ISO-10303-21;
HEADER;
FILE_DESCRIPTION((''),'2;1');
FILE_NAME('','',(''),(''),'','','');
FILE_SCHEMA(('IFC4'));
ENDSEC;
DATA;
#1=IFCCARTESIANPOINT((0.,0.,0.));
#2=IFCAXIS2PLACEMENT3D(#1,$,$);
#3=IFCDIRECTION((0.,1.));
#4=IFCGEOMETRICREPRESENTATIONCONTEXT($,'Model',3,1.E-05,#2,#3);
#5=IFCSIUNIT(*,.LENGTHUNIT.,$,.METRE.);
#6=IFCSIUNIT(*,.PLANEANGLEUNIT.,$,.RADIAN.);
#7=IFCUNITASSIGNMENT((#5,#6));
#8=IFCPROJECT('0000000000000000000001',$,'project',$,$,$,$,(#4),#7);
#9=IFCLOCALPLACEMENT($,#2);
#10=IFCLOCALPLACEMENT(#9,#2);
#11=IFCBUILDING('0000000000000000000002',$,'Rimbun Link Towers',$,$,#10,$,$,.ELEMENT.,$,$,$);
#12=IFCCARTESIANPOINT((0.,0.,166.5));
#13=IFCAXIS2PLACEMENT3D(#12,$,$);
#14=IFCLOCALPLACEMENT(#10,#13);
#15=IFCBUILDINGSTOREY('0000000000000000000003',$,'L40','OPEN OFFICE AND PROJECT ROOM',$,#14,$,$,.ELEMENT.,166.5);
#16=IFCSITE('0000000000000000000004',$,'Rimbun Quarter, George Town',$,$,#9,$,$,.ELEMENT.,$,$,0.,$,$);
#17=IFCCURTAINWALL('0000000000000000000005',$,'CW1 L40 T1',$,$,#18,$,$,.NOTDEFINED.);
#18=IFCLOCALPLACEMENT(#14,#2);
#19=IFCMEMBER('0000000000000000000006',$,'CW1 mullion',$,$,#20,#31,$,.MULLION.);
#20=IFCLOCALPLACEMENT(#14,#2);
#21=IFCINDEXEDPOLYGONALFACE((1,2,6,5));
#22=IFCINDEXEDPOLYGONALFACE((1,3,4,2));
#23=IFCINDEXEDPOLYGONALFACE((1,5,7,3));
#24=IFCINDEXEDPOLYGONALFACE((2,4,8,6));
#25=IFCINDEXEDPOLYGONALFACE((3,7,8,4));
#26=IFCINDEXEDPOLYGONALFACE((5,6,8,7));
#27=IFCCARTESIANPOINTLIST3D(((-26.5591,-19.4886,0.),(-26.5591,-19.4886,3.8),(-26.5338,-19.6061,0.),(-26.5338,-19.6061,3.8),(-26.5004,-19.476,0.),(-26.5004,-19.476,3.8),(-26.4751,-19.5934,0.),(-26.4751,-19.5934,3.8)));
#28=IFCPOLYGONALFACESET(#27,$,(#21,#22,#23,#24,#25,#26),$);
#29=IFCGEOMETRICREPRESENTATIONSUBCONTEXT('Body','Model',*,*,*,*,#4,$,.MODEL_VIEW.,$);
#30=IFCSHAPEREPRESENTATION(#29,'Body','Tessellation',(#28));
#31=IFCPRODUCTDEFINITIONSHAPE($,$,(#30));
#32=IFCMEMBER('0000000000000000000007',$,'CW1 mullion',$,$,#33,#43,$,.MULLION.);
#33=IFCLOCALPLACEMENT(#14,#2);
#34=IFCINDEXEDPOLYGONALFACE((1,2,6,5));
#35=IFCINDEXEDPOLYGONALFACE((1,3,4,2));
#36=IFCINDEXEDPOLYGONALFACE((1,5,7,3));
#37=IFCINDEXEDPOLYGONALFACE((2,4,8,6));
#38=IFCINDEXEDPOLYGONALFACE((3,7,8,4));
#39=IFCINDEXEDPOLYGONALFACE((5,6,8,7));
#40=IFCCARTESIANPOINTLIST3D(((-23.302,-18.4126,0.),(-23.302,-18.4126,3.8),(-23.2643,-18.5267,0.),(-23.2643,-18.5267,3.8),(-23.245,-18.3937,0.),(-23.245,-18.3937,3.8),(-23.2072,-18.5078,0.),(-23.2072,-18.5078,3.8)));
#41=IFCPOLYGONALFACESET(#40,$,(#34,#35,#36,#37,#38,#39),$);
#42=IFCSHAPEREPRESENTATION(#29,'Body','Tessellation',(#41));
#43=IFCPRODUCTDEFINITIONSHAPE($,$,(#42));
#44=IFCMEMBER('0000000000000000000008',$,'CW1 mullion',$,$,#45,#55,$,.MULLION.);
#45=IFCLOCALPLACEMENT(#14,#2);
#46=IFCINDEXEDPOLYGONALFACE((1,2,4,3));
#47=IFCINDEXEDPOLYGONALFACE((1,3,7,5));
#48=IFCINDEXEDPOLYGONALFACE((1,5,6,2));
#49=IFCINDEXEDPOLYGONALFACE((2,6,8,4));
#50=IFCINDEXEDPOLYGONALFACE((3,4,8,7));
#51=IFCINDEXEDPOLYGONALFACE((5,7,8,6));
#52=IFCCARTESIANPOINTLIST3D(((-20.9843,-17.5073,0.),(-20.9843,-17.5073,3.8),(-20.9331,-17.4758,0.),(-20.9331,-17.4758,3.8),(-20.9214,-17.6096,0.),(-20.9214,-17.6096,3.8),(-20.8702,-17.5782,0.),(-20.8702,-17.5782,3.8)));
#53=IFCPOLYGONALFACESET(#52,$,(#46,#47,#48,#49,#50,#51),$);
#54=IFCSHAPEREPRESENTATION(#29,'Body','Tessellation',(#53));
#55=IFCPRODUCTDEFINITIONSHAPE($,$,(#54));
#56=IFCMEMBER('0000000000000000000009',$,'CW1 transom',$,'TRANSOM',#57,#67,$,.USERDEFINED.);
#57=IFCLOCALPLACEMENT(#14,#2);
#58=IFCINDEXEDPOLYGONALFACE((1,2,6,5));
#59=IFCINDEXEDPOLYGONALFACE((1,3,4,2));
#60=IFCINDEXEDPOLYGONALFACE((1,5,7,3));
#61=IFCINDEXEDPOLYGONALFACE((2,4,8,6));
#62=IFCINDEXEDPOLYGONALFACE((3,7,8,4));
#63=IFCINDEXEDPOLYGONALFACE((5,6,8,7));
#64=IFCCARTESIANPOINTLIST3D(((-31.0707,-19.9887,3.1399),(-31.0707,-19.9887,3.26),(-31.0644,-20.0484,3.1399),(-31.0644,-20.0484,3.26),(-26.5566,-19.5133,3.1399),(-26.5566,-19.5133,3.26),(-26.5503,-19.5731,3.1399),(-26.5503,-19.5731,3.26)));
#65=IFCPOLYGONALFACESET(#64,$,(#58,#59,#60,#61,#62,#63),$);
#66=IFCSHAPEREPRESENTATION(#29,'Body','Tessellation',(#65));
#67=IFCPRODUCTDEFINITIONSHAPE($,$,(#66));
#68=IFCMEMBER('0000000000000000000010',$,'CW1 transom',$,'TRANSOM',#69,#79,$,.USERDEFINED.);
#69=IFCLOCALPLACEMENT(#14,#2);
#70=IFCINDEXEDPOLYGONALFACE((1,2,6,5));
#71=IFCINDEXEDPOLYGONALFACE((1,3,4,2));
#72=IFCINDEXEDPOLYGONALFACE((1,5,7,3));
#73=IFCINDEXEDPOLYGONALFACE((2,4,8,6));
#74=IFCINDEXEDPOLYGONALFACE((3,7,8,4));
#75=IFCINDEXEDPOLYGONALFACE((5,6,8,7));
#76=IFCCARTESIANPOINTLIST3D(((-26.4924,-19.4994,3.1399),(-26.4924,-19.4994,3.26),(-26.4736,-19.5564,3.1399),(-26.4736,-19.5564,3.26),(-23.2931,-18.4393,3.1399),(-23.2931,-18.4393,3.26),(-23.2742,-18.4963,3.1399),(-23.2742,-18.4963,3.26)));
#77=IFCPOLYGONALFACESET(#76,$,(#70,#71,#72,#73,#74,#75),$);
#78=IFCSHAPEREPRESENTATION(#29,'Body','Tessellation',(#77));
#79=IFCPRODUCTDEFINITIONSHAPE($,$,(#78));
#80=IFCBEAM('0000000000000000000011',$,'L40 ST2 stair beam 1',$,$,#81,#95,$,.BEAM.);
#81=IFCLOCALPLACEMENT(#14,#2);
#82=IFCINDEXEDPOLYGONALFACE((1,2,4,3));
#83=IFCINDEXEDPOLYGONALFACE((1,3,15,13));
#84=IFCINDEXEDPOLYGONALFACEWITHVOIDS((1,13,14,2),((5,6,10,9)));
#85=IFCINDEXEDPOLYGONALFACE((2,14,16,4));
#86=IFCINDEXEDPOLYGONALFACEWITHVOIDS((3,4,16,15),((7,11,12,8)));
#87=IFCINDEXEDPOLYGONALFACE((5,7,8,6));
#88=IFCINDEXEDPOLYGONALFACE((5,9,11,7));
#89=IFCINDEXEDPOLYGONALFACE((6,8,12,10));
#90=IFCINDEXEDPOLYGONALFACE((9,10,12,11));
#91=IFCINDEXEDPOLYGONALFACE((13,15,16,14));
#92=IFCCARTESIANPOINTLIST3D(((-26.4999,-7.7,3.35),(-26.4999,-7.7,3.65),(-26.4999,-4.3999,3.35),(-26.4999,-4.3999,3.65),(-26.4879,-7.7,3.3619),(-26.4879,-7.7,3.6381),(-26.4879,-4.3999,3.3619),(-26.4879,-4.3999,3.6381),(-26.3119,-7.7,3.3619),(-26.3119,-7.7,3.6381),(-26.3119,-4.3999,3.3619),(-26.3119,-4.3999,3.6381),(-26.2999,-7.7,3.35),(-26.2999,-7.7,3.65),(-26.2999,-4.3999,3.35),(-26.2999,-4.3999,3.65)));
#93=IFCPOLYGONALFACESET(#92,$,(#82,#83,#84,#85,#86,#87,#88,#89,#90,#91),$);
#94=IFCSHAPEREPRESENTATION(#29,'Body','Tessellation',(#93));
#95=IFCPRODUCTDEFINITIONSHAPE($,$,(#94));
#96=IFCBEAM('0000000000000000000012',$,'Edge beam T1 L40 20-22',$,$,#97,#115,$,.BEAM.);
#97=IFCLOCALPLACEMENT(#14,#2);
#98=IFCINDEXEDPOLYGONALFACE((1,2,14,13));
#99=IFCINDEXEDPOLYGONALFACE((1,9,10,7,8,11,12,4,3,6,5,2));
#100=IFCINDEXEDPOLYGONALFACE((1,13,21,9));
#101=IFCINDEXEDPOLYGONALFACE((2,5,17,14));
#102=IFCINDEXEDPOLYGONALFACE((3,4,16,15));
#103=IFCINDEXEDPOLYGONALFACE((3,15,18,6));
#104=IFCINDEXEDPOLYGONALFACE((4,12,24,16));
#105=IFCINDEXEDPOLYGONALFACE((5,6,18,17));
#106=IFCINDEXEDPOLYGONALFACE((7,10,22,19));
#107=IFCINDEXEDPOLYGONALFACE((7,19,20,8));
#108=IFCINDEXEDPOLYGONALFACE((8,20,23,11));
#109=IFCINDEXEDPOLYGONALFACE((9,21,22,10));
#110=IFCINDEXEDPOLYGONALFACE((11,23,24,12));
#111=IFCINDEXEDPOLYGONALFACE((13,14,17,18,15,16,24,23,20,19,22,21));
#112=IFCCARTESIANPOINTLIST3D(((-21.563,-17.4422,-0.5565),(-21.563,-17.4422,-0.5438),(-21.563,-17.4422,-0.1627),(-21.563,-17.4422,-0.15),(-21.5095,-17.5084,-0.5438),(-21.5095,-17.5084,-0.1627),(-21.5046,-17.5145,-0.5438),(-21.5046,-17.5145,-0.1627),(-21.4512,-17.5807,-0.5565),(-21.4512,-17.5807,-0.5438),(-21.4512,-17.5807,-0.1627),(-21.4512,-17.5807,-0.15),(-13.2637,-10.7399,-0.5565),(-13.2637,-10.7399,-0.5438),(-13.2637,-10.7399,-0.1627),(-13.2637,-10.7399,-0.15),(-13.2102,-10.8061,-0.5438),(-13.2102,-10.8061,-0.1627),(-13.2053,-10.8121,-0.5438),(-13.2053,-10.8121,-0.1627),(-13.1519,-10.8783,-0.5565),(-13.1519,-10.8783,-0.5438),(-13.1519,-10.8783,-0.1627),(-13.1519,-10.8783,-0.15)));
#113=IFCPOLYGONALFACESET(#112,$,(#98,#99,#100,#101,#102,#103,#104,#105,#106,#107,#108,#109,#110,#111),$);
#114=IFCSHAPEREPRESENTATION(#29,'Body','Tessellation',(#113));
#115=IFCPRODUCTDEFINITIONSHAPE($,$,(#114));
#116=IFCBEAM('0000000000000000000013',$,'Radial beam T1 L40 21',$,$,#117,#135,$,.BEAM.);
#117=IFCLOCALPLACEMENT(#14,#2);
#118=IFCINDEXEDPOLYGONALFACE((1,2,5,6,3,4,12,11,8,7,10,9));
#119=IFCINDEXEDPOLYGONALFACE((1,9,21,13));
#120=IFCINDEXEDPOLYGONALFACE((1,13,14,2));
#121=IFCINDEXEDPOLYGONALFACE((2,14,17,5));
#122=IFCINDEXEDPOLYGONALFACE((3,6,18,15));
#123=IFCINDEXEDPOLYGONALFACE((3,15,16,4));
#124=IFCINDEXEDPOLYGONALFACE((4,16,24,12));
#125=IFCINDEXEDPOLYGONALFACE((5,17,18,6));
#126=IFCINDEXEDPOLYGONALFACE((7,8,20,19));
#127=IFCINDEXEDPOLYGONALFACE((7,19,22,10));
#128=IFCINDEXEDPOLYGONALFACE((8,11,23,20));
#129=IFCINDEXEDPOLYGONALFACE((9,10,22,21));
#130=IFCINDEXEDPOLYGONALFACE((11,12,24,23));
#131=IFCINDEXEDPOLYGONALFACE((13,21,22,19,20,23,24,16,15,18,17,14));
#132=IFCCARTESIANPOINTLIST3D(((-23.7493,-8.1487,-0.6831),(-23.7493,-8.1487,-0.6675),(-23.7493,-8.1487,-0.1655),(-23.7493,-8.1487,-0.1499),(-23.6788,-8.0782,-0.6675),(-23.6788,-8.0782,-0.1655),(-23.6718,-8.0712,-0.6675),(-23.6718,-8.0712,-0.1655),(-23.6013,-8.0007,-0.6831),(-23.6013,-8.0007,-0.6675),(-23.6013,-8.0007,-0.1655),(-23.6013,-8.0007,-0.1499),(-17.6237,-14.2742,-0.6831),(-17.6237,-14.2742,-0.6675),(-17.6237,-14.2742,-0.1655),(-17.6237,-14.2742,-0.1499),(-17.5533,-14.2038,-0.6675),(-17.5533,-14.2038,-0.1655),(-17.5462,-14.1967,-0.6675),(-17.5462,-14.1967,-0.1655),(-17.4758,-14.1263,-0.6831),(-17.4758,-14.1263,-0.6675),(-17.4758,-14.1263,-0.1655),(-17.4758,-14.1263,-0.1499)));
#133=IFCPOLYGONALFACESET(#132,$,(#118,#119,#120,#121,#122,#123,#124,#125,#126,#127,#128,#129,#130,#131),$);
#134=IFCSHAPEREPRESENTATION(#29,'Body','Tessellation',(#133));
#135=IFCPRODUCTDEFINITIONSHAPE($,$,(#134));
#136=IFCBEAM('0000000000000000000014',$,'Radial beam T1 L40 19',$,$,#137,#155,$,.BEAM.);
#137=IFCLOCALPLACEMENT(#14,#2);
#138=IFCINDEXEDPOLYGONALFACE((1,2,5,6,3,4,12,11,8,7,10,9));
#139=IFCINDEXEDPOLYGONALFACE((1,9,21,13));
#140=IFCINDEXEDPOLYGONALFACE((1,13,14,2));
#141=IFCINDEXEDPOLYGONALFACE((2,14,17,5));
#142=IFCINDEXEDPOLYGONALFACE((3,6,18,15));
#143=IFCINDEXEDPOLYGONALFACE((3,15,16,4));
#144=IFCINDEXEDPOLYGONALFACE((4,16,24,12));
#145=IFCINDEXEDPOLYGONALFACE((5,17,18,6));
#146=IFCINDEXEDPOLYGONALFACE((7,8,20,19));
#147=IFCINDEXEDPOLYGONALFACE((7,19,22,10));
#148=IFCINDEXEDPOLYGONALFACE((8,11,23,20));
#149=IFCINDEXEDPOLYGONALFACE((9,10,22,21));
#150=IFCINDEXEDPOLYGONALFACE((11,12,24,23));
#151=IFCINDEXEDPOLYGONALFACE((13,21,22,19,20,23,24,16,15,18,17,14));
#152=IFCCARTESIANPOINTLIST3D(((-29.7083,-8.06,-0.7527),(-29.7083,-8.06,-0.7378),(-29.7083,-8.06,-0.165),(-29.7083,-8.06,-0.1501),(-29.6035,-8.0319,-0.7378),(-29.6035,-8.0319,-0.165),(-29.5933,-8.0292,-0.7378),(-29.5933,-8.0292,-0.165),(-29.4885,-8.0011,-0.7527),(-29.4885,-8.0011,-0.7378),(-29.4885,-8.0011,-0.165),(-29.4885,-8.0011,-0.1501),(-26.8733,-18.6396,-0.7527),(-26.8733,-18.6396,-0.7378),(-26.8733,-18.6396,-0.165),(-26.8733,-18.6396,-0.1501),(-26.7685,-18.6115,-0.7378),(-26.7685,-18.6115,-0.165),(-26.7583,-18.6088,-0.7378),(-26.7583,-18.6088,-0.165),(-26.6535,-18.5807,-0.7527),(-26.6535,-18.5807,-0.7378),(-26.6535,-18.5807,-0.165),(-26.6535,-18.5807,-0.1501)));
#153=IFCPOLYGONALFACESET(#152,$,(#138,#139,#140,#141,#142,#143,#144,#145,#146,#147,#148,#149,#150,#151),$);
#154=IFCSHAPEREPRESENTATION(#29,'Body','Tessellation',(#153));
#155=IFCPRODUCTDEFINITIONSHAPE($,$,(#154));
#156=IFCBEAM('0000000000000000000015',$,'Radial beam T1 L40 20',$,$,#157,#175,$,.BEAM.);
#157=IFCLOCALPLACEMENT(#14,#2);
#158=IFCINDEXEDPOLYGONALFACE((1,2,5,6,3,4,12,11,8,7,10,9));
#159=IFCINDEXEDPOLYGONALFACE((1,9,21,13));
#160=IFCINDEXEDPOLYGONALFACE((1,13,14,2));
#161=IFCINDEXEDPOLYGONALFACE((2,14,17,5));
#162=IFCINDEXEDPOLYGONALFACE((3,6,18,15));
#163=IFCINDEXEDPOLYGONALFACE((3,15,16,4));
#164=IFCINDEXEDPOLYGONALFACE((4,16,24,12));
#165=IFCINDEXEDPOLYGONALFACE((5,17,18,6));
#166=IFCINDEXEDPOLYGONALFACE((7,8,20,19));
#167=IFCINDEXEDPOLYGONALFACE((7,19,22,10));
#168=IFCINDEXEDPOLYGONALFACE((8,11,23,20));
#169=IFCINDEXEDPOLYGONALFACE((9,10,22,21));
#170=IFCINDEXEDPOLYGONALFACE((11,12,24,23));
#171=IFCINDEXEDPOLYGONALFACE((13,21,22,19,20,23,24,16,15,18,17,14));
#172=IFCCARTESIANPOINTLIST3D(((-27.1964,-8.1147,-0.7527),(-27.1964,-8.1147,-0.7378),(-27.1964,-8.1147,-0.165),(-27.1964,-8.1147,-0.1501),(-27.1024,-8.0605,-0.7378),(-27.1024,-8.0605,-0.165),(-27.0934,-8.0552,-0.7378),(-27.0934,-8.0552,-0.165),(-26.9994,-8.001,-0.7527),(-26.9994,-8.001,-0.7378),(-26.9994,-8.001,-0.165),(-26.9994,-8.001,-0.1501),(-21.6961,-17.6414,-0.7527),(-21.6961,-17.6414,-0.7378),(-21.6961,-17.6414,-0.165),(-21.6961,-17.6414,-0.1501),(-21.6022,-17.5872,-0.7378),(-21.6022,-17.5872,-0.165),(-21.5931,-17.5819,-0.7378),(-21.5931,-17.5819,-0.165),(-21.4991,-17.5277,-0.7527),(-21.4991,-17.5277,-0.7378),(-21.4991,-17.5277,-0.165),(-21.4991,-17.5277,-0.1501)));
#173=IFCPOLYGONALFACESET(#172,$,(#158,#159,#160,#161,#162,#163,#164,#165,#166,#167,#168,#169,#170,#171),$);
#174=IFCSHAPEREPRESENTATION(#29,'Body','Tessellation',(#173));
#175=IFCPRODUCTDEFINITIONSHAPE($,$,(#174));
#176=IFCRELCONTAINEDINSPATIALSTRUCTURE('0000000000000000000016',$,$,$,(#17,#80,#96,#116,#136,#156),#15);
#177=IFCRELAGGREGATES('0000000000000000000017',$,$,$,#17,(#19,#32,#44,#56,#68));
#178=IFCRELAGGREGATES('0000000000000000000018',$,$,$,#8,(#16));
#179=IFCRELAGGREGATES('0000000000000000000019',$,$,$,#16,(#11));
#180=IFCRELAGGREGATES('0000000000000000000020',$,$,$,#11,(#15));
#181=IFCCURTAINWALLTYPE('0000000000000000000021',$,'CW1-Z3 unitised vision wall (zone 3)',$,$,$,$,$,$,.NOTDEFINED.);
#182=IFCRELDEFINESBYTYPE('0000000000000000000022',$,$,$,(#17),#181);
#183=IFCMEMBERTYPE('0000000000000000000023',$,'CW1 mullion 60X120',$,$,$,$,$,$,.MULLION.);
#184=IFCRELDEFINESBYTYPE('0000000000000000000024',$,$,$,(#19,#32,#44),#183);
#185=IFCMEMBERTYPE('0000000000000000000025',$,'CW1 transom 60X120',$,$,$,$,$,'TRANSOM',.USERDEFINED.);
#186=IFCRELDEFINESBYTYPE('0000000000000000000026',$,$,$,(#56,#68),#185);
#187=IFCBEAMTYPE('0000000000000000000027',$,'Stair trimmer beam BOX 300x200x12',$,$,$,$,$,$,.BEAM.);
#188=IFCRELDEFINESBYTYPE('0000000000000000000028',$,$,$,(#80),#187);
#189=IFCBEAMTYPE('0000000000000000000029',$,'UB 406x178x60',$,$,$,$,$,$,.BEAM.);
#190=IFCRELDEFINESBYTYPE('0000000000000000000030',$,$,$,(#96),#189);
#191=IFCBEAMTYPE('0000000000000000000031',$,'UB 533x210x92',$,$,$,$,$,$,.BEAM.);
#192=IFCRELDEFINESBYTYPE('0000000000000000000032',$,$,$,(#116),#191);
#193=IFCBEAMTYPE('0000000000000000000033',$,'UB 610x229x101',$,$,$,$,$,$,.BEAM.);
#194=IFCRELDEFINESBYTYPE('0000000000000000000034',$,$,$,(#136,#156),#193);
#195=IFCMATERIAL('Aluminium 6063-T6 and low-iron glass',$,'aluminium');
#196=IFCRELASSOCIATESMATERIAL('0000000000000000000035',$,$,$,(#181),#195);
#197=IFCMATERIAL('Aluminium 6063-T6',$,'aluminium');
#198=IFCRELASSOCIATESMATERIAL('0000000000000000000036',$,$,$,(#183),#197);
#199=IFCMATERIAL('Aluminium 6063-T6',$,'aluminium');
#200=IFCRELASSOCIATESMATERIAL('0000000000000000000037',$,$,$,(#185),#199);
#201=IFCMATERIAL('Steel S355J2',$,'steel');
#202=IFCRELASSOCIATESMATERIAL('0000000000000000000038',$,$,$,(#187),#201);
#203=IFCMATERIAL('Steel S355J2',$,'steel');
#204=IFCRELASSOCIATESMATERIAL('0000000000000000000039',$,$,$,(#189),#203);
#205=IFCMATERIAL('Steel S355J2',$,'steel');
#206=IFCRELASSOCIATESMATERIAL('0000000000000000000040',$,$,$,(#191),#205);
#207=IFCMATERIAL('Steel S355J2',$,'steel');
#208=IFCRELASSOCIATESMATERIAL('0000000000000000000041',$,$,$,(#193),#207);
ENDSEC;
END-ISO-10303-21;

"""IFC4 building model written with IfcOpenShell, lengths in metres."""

from ifc_helpers import new_model, si_unit, direction, frame, origin, origin_2d, place, context, subcontext, project, spatial, rectangle, hollow_rectangle, i_section, extrude, material, material_profile, profile_set, type_object, element, aggregate, save


model = new_model("IFC4")

# Units and contexts
model_context = context("Model", 3, precision=1e-05, world=origin(), true_north=direction((0.0, 1.0)))
body_context = subcontext(model_context, "Body", "Model", "MODEL_VIEW")
ifc_project = project(units=[si_unit("LENGTHUNIT", "METRE"), si_unit("PLANEANGLEUNIT", "RADIAN")], contexts=[model_context])

# Site, building, storey
site_placement = place(None, origin())
site = spatial("IfcSite", under=ifc_project, at=site_placement, Name="Rimbun Quarter, George Town", CompositionType="ELEMENT", RefElevation=0.0)
building_placement = place(site_placement, origin())
building = spatial("IfcBuilding", under=site, at=building_placement, Name="Rimbun Link Towers", CompositionType="ELEMENT")
storey_placement = place(building_placement, frame((0.0, 0.0, 166.5)))
storey = spatial("IfcBuildingStorey", under=building, at=storey_placement, Name="L40", Description="OPEN OFFICE AND PROJECT ROOM", CompositionType="ELEMENT", Elevation=166.5)

# Curtain wall, members
ifc_material_1 = material(Name="Aluminium 6063-T6 and low-iron glass", Category="aluminium")
curtain_wall_type = type_object("IfcCurtainWallType", Name="CW1-Z3 unitised vision wall (zone 3)", PredefinedType="NOTDEFINED", material=ifc_material_1)
curtain_wall_placement = place(storey_placement, origin())
curtain_wall = element("IfcCurtainWall", 1, at=curtain_wall_placement, inside=storey, type_object=curtain_wall_type, Name="CW1 L40 T1", PredefinedType="NOTDEFINED")
ifc_material_2 = material(Name="Aluminium 6063-T6", Category="aluminium")
ifc_material_profile_1 = material_profile(ifc_material_2, rectangle(XDim=0.1201, YDim=0.0601, at=origin_2d()), Name="MULLION 60X120")
ifc_profile_set_1 = profile_set([ifc_material_profile_1], Name="Aluminium 6063-T6")
member_type_1 = type_object("IfcMemberType", Name="CW1 mullion 60X120", PredefinedType="MULLION", material=ifc_profile_set_1)
member_1_placement = place(storey_placement, frame((-26.5171, -19.541, 0.0), z_axis=(0.0, 0.0, 1.0), x_axis=(0.210866, -0.977515, 0.0)))
member_1 = element("IfcMember", 2, at=member_1_placement, type_object=member_type_1, Name="CW1 mullion", PredefinedType="MULLION", context=body_context, shape_type="SweptSolid", body=[
    extrude(rectangle(XDim=0.1201, YDim=0.0601, at=origin_2d()), origin(), (0.0, 0.0, 1.0), 3.8),
])
member_2_placement = place(storey_placement, frame((-23.2546, -18.4602, 0.0), z_axis=(0.0, 0.0, 1.0), x_axis=(0.314556, -0.949239, 0.0)))
member_2 = element("IfcMember", 3, at=member_2_placement, type_object=member_type_1, Name="CW1 mullion", PredefinedType="MULLION", context=body_context, shape_type="SweptSolid", body=[
    extrude(rectangle(XDim=0.1201, YDim=0.0601, at=origin_2d()), origin(), (0.0, 0.0, 1.0), 3.8),
])
member_3_placement = place(storey_placement, frame((-20.9272, -17.5427, 0.0), z_axis=(0.0, 0.0, 1.0), x_axis=(0.52325, -0.852179, 0.0)))
member_3 = element("IfcMember", 4, at=member_3_placement, type_object=member_type_1, Name="CW1 mullion", PredefinedType="MULLION", context=body_context, shape_type="SweptSolid", body=[
    extrude(rectangle(XDim=0.1201, YDim=0.0601, at=origin_2d()), origin(), (0.0, 0.0, 1.0), 3.8),
])
ifc_material_3 = material(Name="Aluminium 6063-T6", Category="aluminium")
ifc_material_profile_2 = material_profile(ifc_material_3, rectangle(XDim=0.0601, YDim=0.1201, at=origin_2d()), Name="TRANSOM 60X120")
ifc_profile_set_2 = profile_set([ifc_material_profile_2], Name="Aluminium 6063-T6")
member_type_2 = type_object("IfcMemberType", Name="CW1 transom 60X120", ElementType="TRANSOM", PredefinedType="USERDEFINED", material=ifc_profile_set_2)
member_4_placement = place(storey_placement, frame((-26.5535, -19.5432, 3.2), z_axis=(-0.994502, -0.104721, 0.0), x_axis=(0.104721, -0.994502, 0.0)))
member_4 = element("IfcMember", 5, at=member_4_placement, type_object=member_type_2, Name="CW1 transom", ObjectType="TRANSOM", PredefinedType="USERDEFINED", context=body_context, shape_type="SweptSolid", body=[
    extrude(rectangle(XDim=0.0601, YDim=0.1201, at=origin_2d()), origin(), (0.0, 0.0, 1.0), 4.5391),
])
member_5_placement = place(storey_placement, frame((-23.2837, -18.4678, 3.2), z_axis=(-0.949247, -0.314532, 0.0), x_axis=(0.314532, -0.949247, 0.0)))
member_5 = element("IfcMember", 6, at=member_5_placement, type_object=member_type_2, Name="CW1 transom", ObjectType="TRANSOM", PredefinedType="USERDEFINED", context=body_context, shape_type="SweptSolid", body=[
    extrude(rectangle(XDim=0.0601, YDim=0.1201, at=origin_2d()), origin(), (0.0, 0.0, 1.0), 3.3704),
])

# Beams
ifc_material_4 = material(Name="Steel S355J2", Category="steel")
ifc_material_profile_3 = material_profile(ifc_material_4, hollow_rectangle(XDim=0.2, YDim=0.3, WallThickness=0.012, at=origin_2d()), Name="BOX 300x200x12")
ifc_profile_set_3 = profile_set([ifc_material_profile_3], Name="Steel S355J2")
beam_type_1 = type_object("IfcBeamType", Name="Stair trimmer beam BOX 300x200x12", PredefinedType="BEAM", material=ifc_profile_set_3)
beam_1_placement = place(storey_placement, frame((-26.3999, -7.7, 3.5), z_axis=(0.0, 1.0, 0.0), x_axis=(-1.0, 0.0, 0.0)))
element("IfcBeam", 7, at=beam_1_placement, inside=storey, type_object=beam_type_1, Name="L40 ST2 stair beam 1", PredefinedType="BEAM", context=body_context, shape_type="SweptSolid", body=[
    extrude(hollow_rectangle(XDim=0.2, YDim=0.3, WallThickness=0.012, at=origin_2d()), origin(), (0.0, 0.0, 1.0), 3.3),
])
ifc_material_5 = material(Name="Steel S355J2", Category="steel")
ifc_material_profile_4 = material_profile(ifc_material_5, i_section(OverallWidth=0.178, OverallDepth=0.4065, WebThickness=0.0078, FlangeThickness=0.0127, at=origin_2d()), Name="UB 406x178x60")
ifc_profile_set_4 = profile_set([ifc_material_profile_4], Name="Steel S355J2")
beam_type_2 = type_object("IfcBeamType", Name="UB 406x178x60", PredefinedType="BEAM", material=ifc_profile_set_4)
beam_2_placement = place(storey_placement, frame((-21.5071, -17.5115, -0.3533), z_axis=(0.777982, 0.628286, 0.0), x_axis=(-0.628286, 0.777982, 0.0)))
element("IfcBeam", 8, at=beam_2_placement, inside=storey, type_object=beam_type_2, Name="Edge beam T1 L40 20-22", PredefinedType="BEAM", context=body_context, shape_type="SweptSolid", body=[
    extrude(i_section(OverallWidth=0.178, OverallDepth=0.4065, WebThickness=0.0078, FlangeThickness=0.0127, at=origin_2d()), origin(), (0.0, 0.0, 1.0), 10.6677),
])
ifc_material_6 = material(Name="Steel S355J2", Category="steel")
ifc_material_profile_5 = material_profile(ifc_material_6, i_section(OverallWidth=0.2092, OverallDepth=0.5332, WebThickness=0.01, FlangeThickness=0.0156, at=origin_2d()), Name="UB 533x210x92")
ifc_profile_set_5 = profile_set([ifc_material_profile_5], Name="Steel S355J2")
beam_type_3 = type_object("IfcBeamType", Name="UB 533x210x92", PredefinedType="BEAM", material=ifc_profile_set_5)
beam_3_placement = place(storey_placement, frame((-23.6753, -8.0747, -0.4165), z_axis=(0.707107, -0.707107, 0.0), x_axis=(0.707107, 0.707107, 0.0)))
element("IfcBeam", 9, at=beam_3_placement, inside=storey, type_object=beam_type_3, Name="Radial beam T1 L40 21", PredefinedType="BEAM", context=body_context, shape_type="SweptSolid", body=[
    extrude(i_section(OverallWidth=0.2092, OverallDepth=0.5332, WebThickness=0.01, FlangeThickness=0.0156, at=origin_2d()), origin(), (0.0, 0.0, 1.0), 8.6628),
])
ifc_material_7 = material(Name="Steel S355J2", Category="steel")
ifc_material_profile_6 = material_profile(ifc_material_7, i_section(OverallWidth=0.2275, OverallDepth=0.6025, WebThickness=0.0105, FlangeThickness=0.0149, at=origin_2d()), Name="UB 610x229x101")
ifc_profile_set_6 = profile_set([ifc_material_profile_6], Name="Steel S355J2")
beam_type_4 = type_object("IfcBeamType", Name="UB 610x229x101", PredefinedType="BEAM", material=ifc_profile_set_6)
beam_4_placement = place(storey_placement, frame((-29.5984, -8.0305, -0.4514), z_axis=(0.258833, -0.965922, 0.0), x_axis=(0.965922, 0.258833, 0.0)))
element("IfcBeam", 10, at=beam_4_placement, inside=storey, type_object=beam_type_4, Name="Radial beam T1 L40 19", PredefinedType="BEAM", context=body_context, shape_type="SweptSolid", body=[
    extrude(i_section(OverallWidth=0.2275, OverallDepth=0.6025, WebThickness=0.0105, FlangeThickness=0.0149, at=origin_2d()), origin(), (0.0, 0.0, 1.0), 10.9529),
])
beam_5_placement = place(storey_placement, frame((-27.0979, -8.0579, -0.4514), z_axis=(0.500004, -0.866023, 0.0), x_axis=(0.866023, 0.500004, 0.0)))
element("IfcBeam", 11, at=beam_5_placement, inside=storey, type_object=beam_type_4, Name="Radial beam T1 L40 20", PredefinedType="BEAM", context=body_context, shape_type="SweptSolid", body=[
    extrude(i_section(OverallWidth=0.2275, OverallDepth=0.6025, WebThickness=0.0105, FlangeThickness=0.0149, at=origin_2d()), origin(), (0.0, 0.0, 1.0), 11.0005),
])

aggregate(curtain_wall, [member_1, member_2, member_3, member_4, member_5])

save(model, "model.ifc")
